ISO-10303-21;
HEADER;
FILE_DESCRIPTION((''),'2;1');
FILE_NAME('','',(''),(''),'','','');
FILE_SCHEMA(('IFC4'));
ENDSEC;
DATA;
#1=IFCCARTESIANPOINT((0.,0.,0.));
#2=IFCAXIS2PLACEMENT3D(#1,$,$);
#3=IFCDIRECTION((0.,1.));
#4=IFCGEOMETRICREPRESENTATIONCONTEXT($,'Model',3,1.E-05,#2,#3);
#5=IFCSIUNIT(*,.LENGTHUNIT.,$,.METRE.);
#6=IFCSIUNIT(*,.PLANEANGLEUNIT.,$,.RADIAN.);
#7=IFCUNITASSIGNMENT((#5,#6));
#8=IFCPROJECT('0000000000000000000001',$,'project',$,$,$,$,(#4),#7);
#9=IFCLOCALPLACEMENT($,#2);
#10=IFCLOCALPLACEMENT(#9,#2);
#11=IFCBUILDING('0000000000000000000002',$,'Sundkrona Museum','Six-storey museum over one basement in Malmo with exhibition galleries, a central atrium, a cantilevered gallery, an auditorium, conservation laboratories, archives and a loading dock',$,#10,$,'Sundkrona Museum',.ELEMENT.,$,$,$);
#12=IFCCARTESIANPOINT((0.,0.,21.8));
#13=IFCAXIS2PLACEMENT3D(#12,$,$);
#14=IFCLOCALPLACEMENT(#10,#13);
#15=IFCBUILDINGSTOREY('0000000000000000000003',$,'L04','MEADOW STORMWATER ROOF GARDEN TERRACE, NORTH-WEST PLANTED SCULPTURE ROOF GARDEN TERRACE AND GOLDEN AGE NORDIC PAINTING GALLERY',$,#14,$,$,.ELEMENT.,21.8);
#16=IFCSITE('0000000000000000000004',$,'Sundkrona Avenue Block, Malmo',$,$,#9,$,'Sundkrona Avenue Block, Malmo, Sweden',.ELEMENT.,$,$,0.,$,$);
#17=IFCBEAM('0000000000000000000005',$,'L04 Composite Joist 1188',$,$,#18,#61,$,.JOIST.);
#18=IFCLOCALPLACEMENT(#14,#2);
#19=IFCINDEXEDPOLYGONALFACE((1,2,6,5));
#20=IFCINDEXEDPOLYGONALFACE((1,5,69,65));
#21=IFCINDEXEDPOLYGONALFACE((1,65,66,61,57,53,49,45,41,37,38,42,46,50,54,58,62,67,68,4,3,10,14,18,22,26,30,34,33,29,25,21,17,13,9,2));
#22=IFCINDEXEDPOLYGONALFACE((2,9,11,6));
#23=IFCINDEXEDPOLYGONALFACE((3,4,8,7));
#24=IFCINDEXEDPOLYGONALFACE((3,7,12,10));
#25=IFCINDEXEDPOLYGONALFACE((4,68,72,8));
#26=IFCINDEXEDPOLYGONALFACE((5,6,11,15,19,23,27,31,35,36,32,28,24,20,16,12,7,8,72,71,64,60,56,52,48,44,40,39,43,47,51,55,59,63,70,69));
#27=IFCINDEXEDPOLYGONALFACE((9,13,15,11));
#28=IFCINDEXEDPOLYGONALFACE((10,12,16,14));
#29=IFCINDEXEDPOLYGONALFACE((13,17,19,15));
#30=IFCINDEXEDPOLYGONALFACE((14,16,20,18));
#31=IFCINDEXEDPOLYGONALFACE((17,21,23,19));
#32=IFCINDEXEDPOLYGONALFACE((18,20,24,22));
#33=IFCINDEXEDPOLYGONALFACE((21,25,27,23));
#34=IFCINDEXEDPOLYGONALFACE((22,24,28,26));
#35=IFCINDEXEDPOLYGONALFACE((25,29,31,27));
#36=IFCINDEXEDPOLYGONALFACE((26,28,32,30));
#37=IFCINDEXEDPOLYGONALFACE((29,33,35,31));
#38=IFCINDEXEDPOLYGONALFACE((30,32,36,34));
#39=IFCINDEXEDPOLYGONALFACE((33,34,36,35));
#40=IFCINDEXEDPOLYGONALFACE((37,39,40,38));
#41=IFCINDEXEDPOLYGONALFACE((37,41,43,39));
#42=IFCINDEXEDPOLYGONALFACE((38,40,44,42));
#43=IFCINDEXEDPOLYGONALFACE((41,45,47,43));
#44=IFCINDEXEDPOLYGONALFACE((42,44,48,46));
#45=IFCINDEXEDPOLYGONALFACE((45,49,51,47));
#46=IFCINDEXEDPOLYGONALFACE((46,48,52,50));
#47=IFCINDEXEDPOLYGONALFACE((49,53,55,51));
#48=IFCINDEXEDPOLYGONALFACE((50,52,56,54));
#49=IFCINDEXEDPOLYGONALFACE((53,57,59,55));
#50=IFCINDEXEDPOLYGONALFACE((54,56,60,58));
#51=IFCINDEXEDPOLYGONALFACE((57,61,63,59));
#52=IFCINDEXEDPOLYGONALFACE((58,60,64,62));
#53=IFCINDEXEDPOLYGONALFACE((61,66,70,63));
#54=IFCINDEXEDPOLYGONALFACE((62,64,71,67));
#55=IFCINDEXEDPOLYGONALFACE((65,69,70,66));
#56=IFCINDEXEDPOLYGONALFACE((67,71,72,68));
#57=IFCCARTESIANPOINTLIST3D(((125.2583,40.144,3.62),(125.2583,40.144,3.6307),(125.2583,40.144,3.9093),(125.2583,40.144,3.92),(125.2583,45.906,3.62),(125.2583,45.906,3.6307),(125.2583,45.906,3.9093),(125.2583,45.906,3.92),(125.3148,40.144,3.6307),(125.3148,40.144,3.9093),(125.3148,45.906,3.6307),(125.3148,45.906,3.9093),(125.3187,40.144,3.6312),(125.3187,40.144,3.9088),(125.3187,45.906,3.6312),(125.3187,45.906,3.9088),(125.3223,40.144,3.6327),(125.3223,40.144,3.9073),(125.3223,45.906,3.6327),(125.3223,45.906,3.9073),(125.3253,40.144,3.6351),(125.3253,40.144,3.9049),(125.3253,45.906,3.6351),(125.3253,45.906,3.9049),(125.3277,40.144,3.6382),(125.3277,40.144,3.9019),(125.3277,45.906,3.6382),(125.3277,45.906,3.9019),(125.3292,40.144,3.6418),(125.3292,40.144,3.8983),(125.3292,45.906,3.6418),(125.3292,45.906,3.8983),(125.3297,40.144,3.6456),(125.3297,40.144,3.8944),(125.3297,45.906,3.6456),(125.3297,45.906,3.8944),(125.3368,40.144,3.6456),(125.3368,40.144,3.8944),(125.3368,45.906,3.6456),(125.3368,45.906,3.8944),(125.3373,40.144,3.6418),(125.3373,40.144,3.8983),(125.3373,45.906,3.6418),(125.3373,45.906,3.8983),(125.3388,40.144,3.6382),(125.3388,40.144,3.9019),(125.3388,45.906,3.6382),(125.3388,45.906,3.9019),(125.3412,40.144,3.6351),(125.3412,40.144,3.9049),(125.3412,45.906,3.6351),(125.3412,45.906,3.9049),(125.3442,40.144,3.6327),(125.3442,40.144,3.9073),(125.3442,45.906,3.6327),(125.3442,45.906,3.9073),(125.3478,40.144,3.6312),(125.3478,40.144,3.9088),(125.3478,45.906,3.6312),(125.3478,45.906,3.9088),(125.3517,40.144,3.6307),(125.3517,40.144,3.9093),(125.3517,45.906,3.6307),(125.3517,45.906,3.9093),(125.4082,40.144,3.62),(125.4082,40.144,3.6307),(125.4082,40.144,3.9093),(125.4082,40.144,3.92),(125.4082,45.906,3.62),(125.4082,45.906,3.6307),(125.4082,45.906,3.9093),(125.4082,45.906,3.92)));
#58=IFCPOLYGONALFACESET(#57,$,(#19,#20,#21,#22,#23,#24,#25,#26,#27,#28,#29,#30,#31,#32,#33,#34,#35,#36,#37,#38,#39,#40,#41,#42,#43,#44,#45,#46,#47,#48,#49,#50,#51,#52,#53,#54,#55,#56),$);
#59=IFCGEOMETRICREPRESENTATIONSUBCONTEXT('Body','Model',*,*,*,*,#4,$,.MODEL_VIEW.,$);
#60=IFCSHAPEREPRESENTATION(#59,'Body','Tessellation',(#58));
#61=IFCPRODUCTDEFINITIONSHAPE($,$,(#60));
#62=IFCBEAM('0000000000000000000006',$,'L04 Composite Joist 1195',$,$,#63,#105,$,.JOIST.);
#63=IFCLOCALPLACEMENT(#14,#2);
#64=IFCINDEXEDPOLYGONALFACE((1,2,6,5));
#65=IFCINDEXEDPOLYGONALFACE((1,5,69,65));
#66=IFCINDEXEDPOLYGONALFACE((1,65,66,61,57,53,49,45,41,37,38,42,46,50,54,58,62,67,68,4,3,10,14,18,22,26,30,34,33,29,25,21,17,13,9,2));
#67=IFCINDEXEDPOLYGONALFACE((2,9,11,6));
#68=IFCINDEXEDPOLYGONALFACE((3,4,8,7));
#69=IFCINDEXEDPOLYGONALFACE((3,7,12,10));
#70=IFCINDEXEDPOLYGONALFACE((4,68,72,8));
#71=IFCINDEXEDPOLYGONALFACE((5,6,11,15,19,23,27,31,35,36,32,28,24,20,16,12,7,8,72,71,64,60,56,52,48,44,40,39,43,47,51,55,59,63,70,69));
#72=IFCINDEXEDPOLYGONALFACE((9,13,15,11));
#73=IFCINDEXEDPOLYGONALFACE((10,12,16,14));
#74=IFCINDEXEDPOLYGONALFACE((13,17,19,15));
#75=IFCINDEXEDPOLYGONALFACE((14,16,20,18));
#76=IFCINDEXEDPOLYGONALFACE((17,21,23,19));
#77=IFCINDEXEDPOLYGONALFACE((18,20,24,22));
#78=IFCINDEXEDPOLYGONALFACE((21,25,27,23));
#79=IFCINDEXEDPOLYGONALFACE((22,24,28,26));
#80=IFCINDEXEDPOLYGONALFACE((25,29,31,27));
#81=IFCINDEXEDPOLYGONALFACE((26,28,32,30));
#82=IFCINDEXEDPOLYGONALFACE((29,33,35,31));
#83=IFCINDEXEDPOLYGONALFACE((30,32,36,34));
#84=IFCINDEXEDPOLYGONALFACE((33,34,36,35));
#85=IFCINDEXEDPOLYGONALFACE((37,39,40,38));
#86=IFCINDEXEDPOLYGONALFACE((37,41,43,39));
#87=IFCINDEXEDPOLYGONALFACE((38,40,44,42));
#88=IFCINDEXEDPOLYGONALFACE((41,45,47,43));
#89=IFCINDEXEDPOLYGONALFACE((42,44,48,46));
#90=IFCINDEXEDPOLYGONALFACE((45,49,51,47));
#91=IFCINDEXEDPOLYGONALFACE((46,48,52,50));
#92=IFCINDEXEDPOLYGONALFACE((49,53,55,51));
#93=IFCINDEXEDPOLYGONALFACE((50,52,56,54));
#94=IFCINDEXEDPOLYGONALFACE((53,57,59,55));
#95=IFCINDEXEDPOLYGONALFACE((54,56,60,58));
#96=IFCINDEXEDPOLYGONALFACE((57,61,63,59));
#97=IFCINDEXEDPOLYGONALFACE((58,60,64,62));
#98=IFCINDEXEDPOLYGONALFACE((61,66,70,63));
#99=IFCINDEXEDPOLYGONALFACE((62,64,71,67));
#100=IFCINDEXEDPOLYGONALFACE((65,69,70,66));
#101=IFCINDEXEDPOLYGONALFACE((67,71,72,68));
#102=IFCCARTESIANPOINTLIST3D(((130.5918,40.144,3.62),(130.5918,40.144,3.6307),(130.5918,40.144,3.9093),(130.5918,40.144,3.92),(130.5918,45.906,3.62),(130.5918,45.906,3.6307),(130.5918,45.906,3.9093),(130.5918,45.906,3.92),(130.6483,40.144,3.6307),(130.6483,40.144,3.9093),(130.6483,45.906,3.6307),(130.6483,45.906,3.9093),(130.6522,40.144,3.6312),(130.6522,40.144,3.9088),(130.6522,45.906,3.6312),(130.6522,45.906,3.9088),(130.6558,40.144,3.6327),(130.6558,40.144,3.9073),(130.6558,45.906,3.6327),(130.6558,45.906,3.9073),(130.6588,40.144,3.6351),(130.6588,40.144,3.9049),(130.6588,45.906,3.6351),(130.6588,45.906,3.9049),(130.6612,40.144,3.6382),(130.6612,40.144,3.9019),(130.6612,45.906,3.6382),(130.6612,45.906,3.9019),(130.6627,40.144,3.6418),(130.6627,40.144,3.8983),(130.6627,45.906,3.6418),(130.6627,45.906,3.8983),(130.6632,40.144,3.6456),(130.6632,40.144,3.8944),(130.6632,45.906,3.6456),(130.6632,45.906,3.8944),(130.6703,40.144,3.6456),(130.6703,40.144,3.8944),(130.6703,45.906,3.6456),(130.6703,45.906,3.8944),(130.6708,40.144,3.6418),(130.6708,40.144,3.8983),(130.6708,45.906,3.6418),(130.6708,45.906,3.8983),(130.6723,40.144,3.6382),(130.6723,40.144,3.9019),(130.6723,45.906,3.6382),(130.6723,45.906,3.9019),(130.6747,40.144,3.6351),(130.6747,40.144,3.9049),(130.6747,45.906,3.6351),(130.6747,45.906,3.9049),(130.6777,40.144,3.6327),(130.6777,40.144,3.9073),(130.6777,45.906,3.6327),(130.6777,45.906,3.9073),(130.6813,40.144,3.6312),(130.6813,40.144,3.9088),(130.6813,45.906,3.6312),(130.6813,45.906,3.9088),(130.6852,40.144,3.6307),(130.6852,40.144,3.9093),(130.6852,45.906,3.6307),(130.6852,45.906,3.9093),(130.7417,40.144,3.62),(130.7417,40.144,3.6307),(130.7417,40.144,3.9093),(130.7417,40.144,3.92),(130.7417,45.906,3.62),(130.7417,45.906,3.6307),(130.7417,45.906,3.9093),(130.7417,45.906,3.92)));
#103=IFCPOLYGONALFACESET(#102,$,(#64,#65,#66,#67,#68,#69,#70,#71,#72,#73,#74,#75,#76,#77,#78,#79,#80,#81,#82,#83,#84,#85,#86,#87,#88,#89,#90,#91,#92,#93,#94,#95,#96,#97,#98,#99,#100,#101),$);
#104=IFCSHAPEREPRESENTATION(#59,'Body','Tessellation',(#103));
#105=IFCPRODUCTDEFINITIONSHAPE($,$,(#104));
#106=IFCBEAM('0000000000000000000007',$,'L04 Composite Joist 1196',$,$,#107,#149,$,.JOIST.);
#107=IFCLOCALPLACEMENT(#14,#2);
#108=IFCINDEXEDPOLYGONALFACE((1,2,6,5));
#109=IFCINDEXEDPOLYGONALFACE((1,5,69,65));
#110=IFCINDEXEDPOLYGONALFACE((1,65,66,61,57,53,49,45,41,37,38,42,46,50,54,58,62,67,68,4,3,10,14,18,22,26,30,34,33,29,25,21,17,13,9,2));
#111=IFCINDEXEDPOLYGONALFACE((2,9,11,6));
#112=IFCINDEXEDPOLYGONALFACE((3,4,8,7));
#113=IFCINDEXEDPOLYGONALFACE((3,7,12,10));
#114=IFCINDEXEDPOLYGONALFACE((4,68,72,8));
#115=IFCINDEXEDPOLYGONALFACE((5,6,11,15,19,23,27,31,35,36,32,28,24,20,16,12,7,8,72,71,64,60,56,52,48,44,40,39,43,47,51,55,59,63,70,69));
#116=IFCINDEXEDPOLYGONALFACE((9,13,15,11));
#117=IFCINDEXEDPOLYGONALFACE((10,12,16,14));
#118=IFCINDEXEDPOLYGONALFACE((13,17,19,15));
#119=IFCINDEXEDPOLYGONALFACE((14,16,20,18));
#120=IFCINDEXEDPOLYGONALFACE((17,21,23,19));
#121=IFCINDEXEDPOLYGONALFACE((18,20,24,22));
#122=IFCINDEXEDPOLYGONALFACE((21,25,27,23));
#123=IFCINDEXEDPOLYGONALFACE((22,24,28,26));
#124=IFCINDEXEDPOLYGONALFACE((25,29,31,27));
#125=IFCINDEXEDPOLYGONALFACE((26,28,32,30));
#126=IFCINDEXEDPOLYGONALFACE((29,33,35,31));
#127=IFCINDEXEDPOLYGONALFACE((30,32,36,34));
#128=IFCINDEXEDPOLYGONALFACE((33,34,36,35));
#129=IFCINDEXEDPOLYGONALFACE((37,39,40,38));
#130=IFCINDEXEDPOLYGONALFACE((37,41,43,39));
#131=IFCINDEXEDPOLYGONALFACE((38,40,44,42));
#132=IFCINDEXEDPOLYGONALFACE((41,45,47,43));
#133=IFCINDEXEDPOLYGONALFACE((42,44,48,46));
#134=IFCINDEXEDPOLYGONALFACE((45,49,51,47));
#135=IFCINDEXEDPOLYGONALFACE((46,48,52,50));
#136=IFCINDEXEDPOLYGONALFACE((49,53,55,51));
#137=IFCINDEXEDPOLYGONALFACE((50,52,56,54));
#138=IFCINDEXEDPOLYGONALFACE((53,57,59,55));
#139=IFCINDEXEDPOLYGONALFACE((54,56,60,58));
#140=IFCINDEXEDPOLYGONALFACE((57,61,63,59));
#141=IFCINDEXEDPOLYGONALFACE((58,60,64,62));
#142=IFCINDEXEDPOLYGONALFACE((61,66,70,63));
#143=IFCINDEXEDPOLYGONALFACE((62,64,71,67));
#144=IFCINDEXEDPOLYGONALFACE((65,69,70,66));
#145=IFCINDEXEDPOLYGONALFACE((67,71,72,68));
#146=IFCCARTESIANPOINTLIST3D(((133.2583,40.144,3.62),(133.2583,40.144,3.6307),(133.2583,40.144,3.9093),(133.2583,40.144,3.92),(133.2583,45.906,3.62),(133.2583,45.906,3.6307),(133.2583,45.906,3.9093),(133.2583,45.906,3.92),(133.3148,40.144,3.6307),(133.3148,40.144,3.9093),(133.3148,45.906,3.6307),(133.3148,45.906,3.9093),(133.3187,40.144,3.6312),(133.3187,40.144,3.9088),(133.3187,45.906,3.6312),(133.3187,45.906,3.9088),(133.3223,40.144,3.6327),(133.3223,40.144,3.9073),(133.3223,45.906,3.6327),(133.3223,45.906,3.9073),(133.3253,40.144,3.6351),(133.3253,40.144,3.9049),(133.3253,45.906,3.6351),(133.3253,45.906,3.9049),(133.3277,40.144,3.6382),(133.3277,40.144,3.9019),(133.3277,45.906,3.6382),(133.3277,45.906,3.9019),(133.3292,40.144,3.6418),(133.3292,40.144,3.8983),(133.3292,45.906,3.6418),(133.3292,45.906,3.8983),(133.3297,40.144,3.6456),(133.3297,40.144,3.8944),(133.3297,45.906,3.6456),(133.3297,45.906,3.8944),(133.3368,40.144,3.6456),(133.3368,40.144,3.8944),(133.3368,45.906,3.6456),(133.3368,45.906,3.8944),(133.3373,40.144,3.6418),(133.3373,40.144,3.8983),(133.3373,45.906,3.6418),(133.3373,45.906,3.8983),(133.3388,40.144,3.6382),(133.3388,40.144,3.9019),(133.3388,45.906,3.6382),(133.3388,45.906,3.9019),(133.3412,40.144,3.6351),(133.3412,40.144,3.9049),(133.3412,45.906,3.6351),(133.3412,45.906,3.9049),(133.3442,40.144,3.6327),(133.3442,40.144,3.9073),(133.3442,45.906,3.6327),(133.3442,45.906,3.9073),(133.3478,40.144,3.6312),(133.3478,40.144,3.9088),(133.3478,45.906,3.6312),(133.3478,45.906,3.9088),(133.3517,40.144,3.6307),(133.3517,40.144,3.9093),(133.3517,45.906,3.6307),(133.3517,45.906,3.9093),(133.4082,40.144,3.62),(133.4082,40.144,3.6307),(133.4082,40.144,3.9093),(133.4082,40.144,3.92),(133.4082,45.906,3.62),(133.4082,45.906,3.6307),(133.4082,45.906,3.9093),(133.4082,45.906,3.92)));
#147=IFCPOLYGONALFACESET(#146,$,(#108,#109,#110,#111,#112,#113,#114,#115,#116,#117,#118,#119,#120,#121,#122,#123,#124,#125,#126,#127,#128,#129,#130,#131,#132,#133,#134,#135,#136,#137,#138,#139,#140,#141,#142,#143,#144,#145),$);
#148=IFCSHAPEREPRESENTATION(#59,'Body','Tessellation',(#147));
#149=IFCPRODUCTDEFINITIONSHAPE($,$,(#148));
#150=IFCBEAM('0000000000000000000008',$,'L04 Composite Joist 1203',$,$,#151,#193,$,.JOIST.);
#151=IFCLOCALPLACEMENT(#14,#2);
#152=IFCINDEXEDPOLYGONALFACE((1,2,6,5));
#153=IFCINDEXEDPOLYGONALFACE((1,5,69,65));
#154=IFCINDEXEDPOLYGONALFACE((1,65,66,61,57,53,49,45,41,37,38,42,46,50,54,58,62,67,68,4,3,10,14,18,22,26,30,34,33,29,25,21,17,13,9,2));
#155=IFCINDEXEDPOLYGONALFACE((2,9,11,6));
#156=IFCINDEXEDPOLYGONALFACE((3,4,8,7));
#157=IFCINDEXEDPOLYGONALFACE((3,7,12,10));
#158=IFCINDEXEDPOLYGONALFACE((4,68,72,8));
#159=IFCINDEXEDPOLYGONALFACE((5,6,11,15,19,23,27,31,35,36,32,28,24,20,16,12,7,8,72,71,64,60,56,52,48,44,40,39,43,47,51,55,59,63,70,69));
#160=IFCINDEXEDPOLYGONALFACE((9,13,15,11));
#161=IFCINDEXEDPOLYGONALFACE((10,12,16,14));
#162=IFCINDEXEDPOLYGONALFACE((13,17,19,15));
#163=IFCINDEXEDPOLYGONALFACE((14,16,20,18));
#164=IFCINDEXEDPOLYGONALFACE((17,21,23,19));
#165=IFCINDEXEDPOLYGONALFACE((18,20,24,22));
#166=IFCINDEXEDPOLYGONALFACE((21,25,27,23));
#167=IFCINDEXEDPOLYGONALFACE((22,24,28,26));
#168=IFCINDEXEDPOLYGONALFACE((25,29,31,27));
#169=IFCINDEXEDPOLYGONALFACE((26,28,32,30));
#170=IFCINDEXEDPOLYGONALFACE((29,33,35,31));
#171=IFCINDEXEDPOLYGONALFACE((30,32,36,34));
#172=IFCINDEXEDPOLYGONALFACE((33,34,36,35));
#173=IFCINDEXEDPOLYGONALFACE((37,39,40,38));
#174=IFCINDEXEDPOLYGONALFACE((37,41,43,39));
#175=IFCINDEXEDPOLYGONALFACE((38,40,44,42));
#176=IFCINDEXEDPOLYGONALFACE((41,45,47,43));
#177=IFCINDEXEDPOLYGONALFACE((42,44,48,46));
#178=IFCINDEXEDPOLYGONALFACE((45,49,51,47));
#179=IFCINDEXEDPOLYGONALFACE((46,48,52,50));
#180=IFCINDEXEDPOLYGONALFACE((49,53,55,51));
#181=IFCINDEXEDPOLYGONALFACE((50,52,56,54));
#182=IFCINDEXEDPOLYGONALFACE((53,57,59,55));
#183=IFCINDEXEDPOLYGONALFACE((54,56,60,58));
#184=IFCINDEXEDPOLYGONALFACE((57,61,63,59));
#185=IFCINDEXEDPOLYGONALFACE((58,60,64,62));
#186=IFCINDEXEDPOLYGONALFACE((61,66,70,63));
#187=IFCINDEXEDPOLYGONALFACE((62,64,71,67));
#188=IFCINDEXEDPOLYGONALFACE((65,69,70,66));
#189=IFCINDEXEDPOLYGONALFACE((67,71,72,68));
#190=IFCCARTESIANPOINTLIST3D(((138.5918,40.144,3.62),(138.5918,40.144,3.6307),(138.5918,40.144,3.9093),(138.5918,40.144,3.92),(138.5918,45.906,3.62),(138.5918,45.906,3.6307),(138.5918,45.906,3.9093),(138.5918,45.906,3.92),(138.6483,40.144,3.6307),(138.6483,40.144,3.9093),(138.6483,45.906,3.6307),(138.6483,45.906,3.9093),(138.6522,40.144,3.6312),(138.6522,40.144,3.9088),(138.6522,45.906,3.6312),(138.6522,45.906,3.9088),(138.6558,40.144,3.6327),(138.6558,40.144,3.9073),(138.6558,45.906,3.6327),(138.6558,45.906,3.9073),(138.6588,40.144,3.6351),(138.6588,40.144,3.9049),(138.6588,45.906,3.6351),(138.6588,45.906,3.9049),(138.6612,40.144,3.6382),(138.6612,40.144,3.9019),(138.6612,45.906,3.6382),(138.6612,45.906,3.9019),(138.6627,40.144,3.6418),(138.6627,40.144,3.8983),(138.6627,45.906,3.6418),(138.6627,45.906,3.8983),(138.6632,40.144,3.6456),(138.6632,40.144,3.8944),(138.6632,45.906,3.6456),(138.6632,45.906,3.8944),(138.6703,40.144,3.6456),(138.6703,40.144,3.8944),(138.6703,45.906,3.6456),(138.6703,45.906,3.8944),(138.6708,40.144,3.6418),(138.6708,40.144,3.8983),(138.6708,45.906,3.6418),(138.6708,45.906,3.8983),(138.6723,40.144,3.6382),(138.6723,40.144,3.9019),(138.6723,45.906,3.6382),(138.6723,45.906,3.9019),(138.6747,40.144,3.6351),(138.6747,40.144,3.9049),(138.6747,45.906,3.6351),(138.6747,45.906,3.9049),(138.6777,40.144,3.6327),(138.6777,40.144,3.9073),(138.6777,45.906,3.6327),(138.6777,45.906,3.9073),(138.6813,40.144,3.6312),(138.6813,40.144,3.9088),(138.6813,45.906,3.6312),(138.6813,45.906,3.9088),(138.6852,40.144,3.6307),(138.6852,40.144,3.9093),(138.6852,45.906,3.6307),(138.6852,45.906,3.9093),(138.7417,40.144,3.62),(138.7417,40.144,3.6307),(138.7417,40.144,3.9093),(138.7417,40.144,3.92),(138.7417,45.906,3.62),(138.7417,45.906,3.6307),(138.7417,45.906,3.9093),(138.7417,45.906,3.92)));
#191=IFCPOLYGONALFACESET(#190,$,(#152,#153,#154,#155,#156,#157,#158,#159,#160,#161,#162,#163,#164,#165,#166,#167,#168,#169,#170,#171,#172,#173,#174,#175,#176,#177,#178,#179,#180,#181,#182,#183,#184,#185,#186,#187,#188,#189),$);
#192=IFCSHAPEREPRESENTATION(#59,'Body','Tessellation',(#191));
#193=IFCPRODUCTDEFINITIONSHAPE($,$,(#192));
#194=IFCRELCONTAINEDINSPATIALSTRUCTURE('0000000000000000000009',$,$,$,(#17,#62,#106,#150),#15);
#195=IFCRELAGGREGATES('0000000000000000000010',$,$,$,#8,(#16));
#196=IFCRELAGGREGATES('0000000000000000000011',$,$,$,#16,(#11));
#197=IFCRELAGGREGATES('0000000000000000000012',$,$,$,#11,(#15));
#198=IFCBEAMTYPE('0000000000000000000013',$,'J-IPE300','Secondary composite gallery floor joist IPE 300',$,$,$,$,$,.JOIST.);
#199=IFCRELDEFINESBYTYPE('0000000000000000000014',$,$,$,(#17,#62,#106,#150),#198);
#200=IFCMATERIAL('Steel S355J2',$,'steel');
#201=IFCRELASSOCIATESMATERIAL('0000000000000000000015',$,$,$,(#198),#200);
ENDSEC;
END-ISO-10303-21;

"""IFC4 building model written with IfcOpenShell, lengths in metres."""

from ifc_helpers import new_model, si_unit, direction, frame, origin, origin_2d, place, context, subcontext, project, spatial, i_section, extrude, material, material_profile, profile_set, type_object, element, save


model = new_model("IFC4")

# Units and contexts
model_context = context("Model", 3, precision=1e-05, world=origin(), true_north=direction((0.0, 1.0)))
body_context = subcontext(model_context, "Body", "Model", "MODEL_VIEW")
ifc_project = project(units=[si_unit("LENGTHUNIT", "METRE"), si_unit("PLANEANGLEUNIT", "RADIAN")], contexts=[model_context])

# Site, building, storey
site_placement = place(None, origin())
site = spatial("IfcSite", under=ifc_project, at=site_placement, Name="Sundkrona Avenue Block, Malmo", LongName="Sundkrona Avenue Block, Malmo, Sweden", CompositionType="ELEMENT", RefElevation=0.0)
building_placement = place(site_placement, origin())
building = spatial("IfcBuilding", under=site, at=building_placement, Name="Sundkrona Museum", Description="Six-storey museum over one basement in Malmo with exhibition galleries, a central atrium, a cantilevered gallery, an auditorium, conservation laboratories, archives and a loading dock", LongName="Sundkrona Museum", CompositionType="ELEMENT")
storey_placement = place(building_placement, frame((0.0, 0.0, 21.8)))
storey = spatial("IfcBuildingStorey", under=building, at=storey_placement, Name="L04", Description="MEADOW STORMWATER ROOF GARDEN TERRACE, NORTH-WEST PLANTED SCULPTURE ROOF GARDEN TERRACE AND GOLDEN AGE NORDIC PAINTING GALLERY", CompositionType="ELEMENT", Elevation=21.8)

# Shared definitions
ifc_material_1 = material(Name="Steel S355J2", Category="steel")

# Beams
ifc_material_profile_1 = material_profile(ifc_material_1, i_section(OverallWidth=0.1499, OverallDepth=0.3, WebThickness=0.0071, FlangeThickness=0.0107, FilletRadius=0.0149, at=origin_2d()), Name="IPE 300")
ifc_profile_set_1 = profile_set([ifc_material_profile_1], Name="Steel S355J2")
beam_type_1 = type_object("IfcBeamType", Name="J-IPE300", Description="Secondary composite gallery floor joist IPE 300", PredefinedType="JOIST", material=ifc_profile_set_1)
for number, where, z_axis, x_axis, name in (
    (1, (125.3333, 40.144, 3.77), (0.0, 1.0, 0.0), (-1.0, 0.0, 0.0), "L04 Composite Joist 1188"),
    (2, (130.6667, 40.144, 3.77), (0.0, 1.0, 0.0), (-1.0, 0.0, 0.0), "L04 Composite Joist 1195"),
    (3, (133.3333, 40.144, 3.77), (0.0, 1.0, 0.0), (-1.0, 0.0, 0.0), "L04 Composite Joist 1196"),
    (4, (138.6667, 40.144, 3.77), (0.0, 1.0, 0.0), (-1.0, 0.0, 0.0), "L04 Composite Joist 1203"),
):
    element("IfcBeam", number, at=place(storey_placement, frame(where, z_axis=z_axis, x_axis=x_axis)), inside=storey, type_object=beam_type_1, Name=name, PredefinedType="JOIST", context=body_context, shape_type="SweptSolid", body=[
        extrude(i_section(OverallWidth=0.1499, OverallDepth=0.3, WebThickness=0.0071, FlangeThickness=0.0107, FilletRadius=0.0149, at=origin_2d()), origin(), (0.0, 0.0, 1.0), 5.762),
    ])

save(model, "model.ifc")
